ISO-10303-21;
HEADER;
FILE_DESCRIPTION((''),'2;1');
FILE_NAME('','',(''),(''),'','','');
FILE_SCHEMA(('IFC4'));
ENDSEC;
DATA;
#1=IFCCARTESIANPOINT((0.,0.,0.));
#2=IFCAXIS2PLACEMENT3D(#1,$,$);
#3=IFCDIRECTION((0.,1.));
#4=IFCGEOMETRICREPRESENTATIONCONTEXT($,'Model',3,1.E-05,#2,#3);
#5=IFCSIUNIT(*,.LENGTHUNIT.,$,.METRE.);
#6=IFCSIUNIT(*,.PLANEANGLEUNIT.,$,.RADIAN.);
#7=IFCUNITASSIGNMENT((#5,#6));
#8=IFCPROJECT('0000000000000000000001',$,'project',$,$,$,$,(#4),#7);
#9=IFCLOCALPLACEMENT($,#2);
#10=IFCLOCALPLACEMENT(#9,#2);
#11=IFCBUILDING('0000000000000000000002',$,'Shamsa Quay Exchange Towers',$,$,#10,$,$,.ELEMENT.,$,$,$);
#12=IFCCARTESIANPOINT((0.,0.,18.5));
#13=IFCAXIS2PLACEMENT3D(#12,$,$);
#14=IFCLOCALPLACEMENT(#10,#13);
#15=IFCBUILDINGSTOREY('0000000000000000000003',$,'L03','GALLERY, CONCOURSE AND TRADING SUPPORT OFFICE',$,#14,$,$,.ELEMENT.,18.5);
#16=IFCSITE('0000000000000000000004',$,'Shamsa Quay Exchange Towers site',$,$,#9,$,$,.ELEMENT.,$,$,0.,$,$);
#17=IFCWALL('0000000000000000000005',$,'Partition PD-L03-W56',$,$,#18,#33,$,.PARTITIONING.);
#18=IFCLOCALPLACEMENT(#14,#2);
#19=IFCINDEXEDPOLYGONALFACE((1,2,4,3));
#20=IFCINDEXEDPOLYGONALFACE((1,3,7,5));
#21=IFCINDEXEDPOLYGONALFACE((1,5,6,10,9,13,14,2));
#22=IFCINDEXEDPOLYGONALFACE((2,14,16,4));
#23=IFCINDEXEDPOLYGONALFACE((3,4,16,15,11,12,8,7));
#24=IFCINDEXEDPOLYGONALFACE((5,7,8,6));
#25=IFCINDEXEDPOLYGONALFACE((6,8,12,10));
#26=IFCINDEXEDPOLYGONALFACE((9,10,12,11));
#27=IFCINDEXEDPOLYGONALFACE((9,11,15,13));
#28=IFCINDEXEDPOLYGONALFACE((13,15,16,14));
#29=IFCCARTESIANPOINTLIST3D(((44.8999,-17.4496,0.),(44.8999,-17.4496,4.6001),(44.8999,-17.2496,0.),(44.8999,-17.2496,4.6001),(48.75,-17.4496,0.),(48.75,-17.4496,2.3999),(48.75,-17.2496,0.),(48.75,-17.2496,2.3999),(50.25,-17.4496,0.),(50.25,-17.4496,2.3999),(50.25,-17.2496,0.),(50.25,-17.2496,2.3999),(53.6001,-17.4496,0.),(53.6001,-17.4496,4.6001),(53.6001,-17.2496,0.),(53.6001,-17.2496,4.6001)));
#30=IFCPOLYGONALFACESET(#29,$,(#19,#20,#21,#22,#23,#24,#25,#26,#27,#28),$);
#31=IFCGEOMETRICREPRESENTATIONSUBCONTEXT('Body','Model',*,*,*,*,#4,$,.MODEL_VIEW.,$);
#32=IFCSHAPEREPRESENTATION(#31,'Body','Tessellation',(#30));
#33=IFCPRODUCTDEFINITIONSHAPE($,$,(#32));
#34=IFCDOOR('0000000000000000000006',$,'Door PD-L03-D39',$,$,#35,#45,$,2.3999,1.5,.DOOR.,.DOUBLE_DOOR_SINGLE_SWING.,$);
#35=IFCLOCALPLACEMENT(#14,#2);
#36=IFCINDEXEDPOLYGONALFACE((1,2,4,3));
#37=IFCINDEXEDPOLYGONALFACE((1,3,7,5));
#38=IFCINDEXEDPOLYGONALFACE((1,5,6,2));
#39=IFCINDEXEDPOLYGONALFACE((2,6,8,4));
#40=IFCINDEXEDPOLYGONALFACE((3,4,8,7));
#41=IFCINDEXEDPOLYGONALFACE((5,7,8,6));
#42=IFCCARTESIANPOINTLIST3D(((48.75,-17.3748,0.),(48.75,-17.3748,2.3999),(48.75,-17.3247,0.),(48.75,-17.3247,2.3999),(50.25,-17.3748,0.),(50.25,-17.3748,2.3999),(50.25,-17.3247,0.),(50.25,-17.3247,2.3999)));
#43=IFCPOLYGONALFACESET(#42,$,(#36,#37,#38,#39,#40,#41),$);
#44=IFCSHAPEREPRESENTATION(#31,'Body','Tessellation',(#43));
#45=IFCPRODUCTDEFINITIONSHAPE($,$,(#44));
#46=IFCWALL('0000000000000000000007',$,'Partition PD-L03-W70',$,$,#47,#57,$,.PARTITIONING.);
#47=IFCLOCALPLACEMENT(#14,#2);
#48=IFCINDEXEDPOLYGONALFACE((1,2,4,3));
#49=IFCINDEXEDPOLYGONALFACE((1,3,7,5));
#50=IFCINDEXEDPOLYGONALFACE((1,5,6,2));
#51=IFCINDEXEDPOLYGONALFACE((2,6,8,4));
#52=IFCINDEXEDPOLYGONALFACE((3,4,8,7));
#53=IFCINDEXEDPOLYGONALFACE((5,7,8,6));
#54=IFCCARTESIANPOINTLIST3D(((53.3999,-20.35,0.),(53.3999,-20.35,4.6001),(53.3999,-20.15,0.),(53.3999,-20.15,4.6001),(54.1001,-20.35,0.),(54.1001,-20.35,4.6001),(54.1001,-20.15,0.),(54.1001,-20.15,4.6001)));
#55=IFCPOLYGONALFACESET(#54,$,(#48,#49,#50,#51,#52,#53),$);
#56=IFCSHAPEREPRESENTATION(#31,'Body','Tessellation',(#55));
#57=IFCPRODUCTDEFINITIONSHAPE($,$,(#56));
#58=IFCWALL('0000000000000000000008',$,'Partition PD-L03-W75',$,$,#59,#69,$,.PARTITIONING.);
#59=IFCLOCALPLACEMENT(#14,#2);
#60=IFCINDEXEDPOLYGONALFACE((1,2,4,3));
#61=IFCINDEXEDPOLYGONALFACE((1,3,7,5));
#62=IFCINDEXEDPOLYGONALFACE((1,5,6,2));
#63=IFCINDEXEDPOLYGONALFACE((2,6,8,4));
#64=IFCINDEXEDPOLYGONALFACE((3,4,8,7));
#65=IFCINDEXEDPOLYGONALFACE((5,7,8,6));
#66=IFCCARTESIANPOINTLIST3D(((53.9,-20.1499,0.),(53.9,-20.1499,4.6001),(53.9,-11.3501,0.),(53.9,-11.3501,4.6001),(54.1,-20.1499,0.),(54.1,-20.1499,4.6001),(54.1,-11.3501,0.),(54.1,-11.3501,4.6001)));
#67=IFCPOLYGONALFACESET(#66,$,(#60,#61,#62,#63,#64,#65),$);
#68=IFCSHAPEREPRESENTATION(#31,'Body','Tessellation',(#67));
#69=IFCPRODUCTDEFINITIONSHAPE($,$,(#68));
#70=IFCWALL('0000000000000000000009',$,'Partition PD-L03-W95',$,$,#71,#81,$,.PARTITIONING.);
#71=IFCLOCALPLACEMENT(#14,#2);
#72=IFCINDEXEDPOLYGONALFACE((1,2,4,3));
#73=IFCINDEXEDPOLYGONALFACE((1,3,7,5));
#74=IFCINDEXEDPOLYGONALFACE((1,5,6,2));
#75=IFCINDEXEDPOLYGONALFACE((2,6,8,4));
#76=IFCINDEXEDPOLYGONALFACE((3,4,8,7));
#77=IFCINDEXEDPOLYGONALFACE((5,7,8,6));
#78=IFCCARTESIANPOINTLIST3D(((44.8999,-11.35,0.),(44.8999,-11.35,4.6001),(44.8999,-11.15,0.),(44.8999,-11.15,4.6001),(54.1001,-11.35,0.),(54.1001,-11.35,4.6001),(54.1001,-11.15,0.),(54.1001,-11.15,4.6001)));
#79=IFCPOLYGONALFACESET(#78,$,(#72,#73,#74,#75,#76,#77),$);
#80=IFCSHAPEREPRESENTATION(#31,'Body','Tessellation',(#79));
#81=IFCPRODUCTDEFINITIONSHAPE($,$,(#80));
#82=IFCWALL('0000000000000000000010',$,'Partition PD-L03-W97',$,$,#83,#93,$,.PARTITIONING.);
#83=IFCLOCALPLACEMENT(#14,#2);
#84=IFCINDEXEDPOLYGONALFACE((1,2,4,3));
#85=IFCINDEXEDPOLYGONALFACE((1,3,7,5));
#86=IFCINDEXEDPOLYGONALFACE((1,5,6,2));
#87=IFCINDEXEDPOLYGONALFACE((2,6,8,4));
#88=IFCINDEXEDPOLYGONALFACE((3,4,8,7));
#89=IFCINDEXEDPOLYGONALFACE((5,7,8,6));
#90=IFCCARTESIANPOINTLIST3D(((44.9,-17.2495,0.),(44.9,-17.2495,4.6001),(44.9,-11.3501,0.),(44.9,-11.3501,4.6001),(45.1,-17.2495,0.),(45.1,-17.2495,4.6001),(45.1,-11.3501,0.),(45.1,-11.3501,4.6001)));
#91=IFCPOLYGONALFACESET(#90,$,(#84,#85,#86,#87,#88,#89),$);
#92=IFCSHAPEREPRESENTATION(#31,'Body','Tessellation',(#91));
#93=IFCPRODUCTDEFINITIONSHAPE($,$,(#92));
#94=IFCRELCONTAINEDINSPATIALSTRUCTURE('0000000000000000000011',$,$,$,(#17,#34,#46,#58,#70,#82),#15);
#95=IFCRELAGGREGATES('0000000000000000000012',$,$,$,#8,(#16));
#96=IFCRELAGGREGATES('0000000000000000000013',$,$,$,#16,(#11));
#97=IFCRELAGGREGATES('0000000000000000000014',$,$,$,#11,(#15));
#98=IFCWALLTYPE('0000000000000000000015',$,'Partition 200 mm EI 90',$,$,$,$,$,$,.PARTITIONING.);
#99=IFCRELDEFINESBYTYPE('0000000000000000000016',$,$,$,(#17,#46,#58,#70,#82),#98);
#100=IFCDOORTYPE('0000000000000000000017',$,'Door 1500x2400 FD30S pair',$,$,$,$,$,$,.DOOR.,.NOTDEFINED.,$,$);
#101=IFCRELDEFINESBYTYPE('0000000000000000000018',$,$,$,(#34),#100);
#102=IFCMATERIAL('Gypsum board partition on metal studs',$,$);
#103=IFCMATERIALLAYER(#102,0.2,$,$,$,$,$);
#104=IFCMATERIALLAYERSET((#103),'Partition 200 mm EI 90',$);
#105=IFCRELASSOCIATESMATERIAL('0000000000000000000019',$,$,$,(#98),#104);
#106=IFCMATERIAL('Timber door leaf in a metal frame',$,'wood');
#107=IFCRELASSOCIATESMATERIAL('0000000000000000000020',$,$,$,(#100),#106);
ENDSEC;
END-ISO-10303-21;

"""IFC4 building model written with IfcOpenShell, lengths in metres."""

from ifc_helpers import new_model, si_unit, direction, frame, frame_2d, origin, place, context, subcontext, project, spatial, rectangle, extrude, material, layer, layer_set, type_object, element, fill, save


model = new_model("IFC4")

# Units and contexts
model_context = context("Model", 3, precision=1e-05, world=origin(), true_north=direction((0.0, 1.0)))
body_context = subcontext(model_context, "Body", "Model", "MODEL_VIEW")
ifc_project = project(units=[si_unit("LENGTHUNIT", "METRE"), si_unit("PLANEANGLEUNIT", "RADIAN")], contexts=[model_context])

# Site, building, storey
site_placement = place(None, origin())
site = spatial("IfcSite", under=ifc_project, at=site_placement, Name="Shamsa Quay Exchange Towers site", CompositionType="ELEMENT", RefElevation=0.0)
building_placement = place(site_placement, origin())
building = spatial("IfcBuilding", under=site, at=building_placement, Name="Shamsa Quay Exchange Towers", CompositionType="ELEMENT")
storey_placement = place(building_placement, frame((0.0, 0.0, 18.5)))
storey = spatial("IfcBuildingStorey", under=building, at=storey_placement, Name="L03", Description="GALLERY, CONCOURSE AND TRADING SUPPORT OFFICE", CompositionType="ELEMENT", Elevation=18.5)

# Shared definitions
ifc_material_1 = material(Name="Gypsum board partition on metal studs")
ifc_layer_1 = layer(ifc_material_1, 0.2)
ifc_layer_set_1 = layer_set([ifc_layer_1], Name="Partition 200 mm EI 90")
wall_type_1 = type_object("IfcWallType", Name="Partition 200 mm EI 90", PredefinedType="PARTITIONING", material=ifc_layer_set_1)

# Wall, opening, door
wall_1_placement = place(storey_placement, frame((44.8999, -17.3496, 0.0)))
wall_1 = element("IfcWall", 1, at=wall_1_placement, inside=storey, type_object=wall_type_1, Name="Partition PD-L03-W56", PredefinedType="PARTITIONING", context=body_context, shape_type="SweptSolid", body=[
    extrude(rectangle(XDim=8.7002, YDim=0.2, at=frame_2d((4.3501, 0.0))), origin(), (0.0, 0.0, 1.0), 4.6001),
])
opening_placement = place(wall_1_placement, frame((3.8501, 0.0, 0.0)))
opening = element("IfcOpeningElement", 2, at=opening_placement, cuts=wall_1, PredefinedType="OPENING", context=body_context, shape_type="SweptSolid", body=[
    extrude(rectangle(XDim=1.5, YDim=2.3999, at=frame_2d((0.75, 1.2))), frame((0.0, 0.1099, 0.0), z_axis=(0.0, -1.0, 0.0), x_axis=(1.0, 0.0, 0.0)), (0.0, 0.0, 1.0), 0.22),
])
ifc_material_2 = material(Name="Timber door leaf in a metal frame", Category="wood")
door_type = type_object("IfcDoorType", Name="Door 1500x2400 FD30S pair", OperationType="NOTDEFINED", PredefinedType="DOOR", material=ifc_material_2)
door_placement = place(opening_placement, origin())
door = element("IfcDoor", 3, at=door_placement, inside=storey, type_object=door_type, Name="Door PD-L03-D39", OperationType="DOUBLE_DOOR_SINGLE_SWING", OverallHeight=2.3999, OverallWidth=1.5, PredefinedType="DOOR", context=body_context, shape_type="SweptSolid", body=[
    extrude(rectangle(XDim=1.5, YDim=2.3999, at=frame_2d((0.75, 1.2))), frame((0.0, 0.0249, 0.0), z_axis=(0.0, -1.0, 0.0), x_axis=(1.0, 0.0, 0.0)), (0.0, 0.0, 1.0), 0.05),
])
fill(opening, door)

# Walls
wall_2_placement = place(storey_placement, frame((54.1001, -20.25, 0.0), z_axis=(0.0, 0.0, 1.0), x_axis=(-1.0, 0.0, 0.0)))
element("IfcWall", 4, at=wall_2_placement, inside=storey, type_object=wall_type_1, Name="Partition PD-L03-W70", PredefinedType="PARTITIONING", context=body_context, shape_type="SweptSolid", body=[
    extrude(rectangle(XDim=0.7002, YDim=0.2, at=frame_2d((0.3501, 0.0))), origin(), (0.0, 0.0, 1.0), 4.6001),
])
wall_3_placement = place(storey_placement, frame((54.0, -11.3501, 0.0), z_axis=(0.0, 0.0, 1.0), x_axis=(0.0, -1.0, 0.0)))
element("IfcWall", 5, at=wall_3_placement, inside=storey, type_object=wall_type_1, Name="Partition PD-L03-W75", PredefinedType="PARTITIONING", context=body_context, shape_type="SweptSolid", body=[
    extrude(rectangle(XDim=8.7998, YDim=0.2, at=frame_2d((4.3999, 0.0))), origin(), (0.0, 0.0, 1.0), 4.6001),
])
wall_4_placement = place(storey_placement, frame((44.8999, -11.25, 0.0)))
element("IfcWall", 6, at=wall_4_placement, inside=storey, type_object=wall_type_1, Name="Partition PD-L03-W95", PredefinedType="PARTITIONING", context=body_context, shape_type="SweptSolid", body=[
    extrude(rectangle(XDim=9.2002, YDim=0.2, at=frame_2d((4.6001, 0.0))), origin(), (0.0, 0.0, 1.0), 4.6001),
])
wall_5_placement = place(storey_placement, frame((45.0, -11.3501, 0.0), z_axis=(0.0, 0.0, 1.0), x_axis=(0.0, -1.0, 0.0)))
element("IfcWall", 7, at=wall_5_placement, inside=storey, type_object=wall_type_1, Name="Partition PD-L03-W97", PredefinedType="PARTITIONING", context=body_context, shape_type="SweptSolid", body=[
    extrude(rectangle(XDim=5.8994, YDim=0.2, at=frame_2d((2.9497, 0.0))), origin(), (0.0, 0.0, 1.0), 4.6001),
])

save(model, "model.ifc")
